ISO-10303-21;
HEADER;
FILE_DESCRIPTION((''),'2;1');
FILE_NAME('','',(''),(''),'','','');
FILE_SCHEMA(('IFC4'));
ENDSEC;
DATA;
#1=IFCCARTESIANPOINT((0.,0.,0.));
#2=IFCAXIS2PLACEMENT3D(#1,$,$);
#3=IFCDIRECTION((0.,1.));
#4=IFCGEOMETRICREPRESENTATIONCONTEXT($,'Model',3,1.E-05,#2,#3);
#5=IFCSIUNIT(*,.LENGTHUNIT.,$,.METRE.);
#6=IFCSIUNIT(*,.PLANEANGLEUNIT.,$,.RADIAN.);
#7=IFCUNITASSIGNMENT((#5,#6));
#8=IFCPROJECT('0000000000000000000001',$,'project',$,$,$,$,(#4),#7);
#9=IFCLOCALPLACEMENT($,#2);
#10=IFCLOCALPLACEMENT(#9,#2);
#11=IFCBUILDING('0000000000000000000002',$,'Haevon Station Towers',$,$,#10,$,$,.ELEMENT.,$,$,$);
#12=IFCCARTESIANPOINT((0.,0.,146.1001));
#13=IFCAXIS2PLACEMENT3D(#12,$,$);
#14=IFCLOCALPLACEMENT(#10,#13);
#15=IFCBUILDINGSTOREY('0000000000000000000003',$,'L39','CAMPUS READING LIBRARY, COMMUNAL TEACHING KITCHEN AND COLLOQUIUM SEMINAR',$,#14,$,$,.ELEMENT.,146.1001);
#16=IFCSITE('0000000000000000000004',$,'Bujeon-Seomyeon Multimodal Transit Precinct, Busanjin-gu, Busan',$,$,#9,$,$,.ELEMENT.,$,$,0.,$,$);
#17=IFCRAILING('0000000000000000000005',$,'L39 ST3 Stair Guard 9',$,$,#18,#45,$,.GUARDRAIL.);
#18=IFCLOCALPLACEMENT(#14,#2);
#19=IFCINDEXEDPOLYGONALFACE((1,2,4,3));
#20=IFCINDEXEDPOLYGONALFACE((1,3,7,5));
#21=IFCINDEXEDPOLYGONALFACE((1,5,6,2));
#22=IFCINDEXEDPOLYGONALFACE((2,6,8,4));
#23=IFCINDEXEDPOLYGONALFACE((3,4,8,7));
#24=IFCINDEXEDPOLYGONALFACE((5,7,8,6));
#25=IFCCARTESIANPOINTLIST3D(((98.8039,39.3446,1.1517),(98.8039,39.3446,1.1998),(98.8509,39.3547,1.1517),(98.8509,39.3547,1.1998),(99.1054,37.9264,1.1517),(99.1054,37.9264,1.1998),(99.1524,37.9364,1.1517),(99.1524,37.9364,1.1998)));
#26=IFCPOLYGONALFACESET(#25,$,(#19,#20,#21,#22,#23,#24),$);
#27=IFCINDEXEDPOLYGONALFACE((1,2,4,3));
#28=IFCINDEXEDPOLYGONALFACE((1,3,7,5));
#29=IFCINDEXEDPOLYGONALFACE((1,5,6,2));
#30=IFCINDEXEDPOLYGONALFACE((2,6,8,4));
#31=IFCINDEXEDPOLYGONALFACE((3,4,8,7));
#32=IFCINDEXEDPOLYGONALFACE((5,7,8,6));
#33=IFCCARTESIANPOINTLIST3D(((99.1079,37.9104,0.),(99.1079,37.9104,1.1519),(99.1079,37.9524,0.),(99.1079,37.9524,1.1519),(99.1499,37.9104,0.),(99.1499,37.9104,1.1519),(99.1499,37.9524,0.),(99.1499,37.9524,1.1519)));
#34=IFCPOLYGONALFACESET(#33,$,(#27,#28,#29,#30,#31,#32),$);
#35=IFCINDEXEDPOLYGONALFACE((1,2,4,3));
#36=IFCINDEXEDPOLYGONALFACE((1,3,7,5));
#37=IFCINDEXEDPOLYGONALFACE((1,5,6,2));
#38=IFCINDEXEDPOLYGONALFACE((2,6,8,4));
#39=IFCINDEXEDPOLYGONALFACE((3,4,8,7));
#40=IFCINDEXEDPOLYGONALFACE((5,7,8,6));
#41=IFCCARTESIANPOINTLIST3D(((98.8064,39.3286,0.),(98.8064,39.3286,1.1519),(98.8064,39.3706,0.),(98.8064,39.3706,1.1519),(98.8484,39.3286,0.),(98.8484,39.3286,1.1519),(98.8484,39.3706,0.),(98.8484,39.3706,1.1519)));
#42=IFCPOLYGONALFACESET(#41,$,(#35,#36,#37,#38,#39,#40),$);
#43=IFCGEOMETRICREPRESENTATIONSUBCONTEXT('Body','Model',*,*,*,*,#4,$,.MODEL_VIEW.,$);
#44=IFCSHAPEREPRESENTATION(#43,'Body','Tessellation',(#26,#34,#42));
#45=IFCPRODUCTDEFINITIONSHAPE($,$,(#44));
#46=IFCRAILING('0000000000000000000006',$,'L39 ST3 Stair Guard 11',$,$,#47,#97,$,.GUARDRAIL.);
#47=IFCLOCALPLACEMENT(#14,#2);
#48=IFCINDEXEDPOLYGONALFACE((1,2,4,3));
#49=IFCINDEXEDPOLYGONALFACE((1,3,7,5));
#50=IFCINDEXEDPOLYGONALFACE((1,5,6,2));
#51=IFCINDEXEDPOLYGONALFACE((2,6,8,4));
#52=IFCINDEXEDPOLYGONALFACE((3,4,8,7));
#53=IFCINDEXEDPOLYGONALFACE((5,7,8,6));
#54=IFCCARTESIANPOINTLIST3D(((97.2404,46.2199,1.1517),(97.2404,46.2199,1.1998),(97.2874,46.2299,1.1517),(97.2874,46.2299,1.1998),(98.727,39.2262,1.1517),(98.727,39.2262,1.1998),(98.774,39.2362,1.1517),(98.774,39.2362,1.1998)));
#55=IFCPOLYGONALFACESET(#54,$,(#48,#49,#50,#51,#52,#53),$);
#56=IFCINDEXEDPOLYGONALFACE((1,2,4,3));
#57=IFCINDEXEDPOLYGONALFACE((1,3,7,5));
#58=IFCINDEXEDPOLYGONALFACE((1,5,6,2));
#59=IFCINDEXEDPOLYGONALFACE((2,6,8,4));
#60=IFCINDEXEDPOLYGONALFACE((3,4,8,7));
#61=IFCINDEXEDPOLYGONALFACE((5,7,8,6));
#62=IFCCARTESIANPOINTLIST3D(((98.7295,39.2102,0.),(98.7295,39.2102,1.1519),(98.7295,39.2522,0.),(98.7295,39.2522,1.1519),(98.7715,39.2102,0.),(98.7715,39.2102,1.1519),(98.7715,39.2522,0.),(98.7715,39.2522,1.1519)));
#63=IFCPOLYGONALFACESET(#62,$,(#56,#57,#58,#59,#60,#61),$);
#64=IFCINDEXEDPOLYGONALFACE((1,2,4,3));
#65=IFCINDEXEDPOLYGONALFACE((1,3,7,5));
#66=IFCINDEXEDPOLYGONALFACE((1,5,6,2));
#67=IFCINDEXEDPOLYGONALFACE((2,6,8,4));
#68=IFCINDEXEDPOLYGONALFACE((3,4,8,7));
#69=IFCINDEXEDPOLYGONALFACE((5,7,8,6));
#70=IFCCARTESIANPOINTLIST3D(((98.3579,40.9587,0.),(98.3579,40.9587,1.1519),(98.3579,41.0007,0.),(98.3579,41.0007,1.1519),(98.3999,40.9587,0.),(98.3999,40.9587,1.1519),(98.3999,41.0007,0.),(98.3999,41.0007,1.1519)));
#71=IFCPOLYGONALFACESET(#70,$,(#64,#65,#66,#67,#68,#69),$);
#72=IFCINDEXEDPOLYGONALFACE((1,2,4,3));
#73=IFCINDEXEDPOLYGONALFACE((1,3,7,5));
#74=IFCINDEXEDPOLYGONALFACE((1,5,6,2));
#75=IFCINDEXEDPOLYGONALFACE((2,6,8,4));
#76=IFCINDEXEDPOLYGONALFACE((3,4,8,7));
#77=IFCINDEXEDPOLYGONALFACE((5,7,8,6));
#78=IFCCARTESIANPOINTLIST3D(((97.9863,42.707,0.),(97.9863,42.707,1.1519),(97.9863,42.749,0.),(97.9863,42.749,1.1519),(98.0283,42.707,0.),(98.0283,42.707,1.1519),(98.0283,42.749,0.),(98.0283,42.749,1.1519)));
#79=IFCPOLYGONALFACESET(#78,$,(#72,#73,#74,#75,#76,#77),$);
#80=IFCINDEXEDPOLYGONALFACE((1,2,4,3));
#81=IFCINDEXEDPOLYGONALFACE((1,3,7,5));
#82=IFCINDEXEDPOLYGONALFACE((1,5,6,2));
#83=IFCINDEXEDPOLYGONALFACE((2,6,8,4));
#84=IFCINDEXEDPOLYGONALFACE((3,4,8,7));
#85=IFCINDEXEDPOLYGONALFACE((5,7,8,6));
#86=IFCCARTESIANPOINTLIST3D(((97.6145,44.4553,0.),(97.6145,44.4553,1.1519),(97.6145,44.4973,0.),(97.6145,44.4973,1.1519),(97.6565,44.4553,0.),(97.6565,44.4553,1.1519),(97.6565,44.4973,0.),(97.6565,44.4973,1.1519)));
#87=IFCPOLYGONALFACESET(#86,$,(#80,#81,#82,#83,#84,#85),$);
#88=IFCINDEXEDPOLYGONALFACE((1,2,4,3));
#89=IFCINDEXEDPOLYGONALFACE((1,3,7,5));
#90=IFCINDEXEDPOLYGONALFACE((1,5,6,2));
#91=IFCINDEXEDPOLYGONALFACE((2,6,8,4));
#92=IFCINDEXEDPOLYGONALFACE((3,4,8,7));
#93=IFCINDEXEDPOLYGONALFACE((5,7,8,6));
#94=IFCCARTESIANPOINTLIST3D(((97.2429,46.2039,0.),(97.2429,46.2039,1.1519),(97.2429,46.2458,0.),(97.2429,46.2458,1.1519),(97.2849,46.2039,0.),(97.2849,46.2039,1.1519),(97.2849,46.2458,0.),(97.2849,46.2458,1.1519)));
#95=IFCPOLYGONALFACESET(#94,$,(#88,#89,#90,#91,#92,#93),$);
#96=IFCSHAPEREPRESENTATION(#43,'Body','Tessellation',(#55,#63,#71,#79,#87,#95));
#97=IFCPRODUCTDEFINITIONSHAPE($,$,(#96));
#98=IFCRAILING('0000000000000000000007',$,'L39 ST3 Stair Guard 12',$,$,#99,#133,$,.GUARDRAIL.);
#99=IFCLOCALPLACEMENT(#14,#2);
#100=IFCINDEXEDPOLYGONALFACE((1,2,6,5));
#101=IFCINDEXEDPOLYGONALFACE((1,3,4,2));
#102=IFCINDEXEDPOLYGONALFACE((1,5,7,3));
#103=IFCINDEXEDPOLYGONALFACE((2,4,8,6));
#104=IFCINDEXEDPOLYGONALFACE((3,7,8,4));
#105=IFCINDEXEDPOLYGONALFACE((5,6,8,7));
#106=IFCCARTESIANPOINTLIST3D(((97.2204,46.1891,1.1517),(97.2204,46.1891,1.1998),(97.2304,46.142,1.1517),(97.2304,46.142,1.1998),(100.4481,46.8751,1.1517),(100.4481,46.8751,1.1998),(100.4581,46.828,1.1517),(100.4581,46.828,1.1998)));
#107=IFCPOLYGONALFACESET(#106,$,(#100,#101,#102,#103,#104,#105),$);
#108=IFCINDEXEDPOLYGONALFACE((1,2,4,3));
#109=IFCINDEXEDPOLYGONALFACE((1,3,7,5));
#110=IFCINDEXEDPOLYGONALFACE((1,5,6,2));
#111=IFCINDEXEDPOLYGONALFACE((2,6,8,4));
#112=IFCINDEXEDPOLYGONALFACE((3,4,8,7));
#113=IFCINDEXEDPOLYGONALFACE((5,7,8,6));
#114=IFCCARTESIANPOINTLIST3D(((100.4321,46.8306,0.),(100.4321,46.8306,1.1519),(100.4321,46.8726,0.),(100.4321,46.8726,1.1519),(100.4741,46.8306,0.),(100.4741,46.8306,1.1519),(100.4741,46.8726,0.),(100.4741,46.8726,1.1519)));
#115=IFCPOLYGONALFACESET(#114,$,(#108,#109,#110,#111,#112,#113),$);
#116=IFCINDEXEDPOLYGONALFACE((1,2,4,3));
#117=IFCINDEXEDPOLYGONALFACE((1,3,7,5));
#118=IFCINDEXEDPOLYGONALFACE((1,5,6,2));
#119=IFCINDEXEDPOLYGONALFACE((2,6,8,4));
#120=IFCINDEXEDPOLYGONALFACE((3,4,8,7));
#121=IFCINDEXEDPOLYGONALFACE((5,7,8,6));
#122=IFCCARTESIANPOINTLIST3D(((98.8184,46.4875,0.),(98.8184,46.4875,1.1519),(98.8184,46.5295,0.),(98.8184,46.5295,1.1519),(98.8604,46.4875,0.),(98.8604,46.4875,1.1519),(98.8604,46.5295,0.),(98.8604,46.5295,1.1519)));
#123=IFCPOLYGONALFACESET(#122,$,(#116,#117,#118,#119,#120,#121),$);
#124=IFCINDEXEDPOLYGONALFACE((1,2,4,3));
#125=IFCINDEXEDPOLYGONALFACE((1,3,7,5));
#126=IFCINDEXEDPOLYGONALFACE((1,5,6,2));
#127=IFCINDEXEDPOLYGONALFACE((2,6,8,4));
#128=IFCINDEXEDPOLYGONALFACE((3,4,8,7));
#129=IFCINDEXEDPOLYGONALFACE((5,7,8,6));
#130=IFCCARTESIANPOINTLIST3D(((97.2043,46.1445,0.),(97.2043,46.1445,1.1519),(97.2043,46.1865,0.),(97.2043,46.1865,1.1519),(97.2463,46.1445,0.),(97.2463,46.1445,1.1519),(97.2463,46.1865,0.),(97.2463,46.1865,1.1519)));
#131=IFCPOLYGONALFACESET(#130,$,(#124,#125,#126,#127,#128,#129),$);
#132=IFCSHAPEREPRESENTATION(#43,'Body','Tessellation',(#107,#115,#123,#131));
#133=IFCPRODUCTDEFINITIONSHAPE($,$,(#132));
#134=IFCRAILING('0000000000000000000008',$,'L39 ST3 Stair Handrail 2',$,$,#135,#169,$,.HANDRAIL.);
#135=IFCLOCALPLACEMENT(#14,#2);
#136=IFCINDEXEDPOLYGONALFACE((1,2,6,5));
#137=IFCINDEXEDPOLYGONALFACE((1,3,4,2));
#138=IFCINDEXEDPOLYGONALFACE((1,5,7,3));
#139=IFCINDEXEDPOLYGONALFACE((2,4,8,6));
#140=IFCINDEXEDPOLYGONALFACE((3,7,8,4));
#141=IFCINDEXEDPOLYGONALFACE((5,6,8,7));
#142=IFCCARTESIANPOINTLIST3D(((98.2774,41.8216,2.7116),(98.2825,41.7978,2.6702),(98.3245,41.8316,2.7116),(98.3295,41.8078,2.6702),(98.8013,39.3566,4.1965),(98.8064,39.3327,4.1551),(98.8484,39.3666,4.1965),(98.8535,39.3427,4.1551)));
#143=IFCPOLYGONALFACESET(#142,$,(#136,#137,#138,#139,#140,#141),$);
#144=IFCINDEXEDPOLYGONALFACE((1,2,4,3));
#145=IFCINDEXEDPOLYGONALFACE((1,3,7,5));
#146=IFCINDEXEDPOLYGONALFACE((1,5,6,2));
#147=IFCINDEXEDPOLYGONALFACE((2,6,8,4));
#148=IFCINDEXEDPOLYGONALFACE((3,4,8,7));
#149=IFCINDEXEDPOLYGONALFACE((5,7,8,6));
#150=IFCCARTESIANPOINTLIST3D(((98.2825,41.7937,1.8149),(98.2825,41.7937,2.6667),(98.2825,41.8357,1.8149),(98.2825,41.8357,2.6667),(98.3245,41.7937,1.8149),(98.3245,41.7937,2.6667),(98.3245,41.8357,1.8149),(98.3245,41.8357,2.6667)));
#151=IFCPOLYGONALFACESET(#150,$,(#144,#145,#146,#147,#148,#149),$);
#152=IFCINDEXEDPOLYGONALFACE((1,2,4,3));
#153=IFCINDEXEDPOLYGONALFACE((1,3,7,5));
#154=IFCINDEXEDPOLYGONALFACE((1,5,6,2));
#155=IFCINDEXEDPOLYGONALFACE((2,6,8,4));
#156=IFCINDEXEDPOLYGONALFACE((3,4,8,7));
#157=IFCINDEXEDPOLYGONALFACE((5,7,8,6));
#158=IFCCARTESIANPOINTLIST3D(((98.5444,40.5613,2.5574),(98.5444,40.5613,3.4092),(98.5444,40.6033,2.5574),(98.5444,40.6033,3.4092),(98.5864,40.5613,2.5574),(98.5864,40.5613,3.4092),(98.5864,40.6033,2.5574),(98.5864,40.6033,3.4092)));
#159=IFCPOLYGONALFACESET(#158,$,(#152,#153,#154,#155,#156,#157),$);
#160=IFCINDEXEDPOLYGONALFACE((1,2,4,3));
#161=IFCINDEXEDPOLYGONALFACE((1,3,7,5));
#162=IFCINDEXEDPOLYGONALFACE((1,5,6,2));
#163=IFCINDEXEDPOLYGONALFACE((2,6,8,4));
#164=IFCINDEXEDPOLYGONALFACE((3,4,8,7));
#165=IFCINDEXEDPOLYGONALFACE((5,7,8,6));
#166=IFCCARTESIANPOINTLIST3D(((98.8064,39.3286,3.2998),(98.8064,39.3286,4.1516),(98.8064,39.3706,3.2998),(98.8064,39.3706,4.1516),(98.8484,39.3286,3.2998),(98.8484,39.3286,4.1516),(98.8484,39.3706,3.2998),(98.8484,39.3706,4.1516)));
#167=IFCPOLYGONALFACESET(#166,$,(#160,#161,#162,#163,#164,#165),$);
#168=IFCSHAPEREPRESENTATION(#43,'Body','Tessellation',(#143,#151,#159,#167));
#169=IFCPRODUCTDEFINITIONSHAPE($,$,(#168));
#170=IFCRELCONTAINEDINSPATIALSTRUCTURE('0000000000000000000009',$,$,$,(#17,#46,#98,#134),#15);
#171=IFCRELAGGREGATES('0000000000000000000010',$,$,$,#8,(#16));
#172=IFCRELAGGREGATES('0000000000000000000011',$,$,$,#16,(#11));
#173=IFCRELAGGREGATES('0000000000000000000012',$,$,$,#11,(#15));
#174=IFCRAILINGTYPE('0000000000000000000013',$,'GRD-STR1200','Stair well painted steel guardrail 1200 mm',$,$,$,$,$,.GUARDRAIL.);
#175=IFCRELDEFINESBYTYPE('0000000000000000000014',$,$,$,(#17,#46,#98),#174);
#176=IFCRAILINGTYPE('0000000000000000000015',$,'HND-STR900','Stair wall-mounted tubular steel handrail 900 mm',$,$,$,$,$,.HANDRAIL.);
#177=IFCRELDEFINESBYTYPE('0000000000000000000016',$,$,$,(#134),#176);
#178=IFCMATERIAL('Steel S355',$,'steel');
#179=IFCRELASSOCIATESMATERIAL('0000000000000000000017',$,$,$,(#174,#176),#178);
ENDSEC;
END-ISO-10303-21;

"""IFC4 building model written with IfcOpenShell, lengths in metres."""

from ifc_helpers import new_model, si_unit, direction, frame, origin, origin_2d, place, context, subcontext, project, spatial, rectangle, extrude, material, type_object, element, save


model = new_model("IFC4")

# Units and contexts
model_context = context("Model", 3, precision=1e-05, world=origin(), true_north=direction((0.0, 1.0)))
body_context = subcontext(model_context, "Body", "Model", "MODEL_VIEW")
ifc_project = project(units=[si_unit("LENGTHUNIT", "METRE"), si_unit("PLANEANGLEUNIT", "RADIAN")], contexts=[model_context])

# Site, building, storey
site_placement = place(None, origin())
site = spatial("IfcSite", under=ifc_project, at=site_placement, Name="Bujeon-Seomyeon Multimodal Transit Precinct, Busanjin-gu, Busan", CompositionType="ELEMENT", RefElevation=0.0)
building_placement = place(site_placement, origin())
building = spatial("IfcBuilding", under=site, at=building_placement, Name="Haevon Station Towers", CompositionType="ELEMENT")
storey_placement = place(building_placement, frame((0.0, 0.0, 146.1001)))
storey = spatial("IfcBuildingStorey", under=building, at=storey_placement, Name="L39", Description="CAMPUS READING LIBRARY, COMMUNAL TEACHING KITCHEN AND COLLOQUIUM SEMINAR", CompositionType="ELEMENT", Elevation=146.1001)

# Shared definitions
ifc_material_1 = material(Name="Steel S355", Category="steel")

# Railings
railing_type_1 = type_object("IfcRailingType", Name="GRD-STR1200", Description="Stair well painted steel guardrail 1200 mm", PredefinedType="GUARDRAIL", material=ifc_material_1)
railing_1_placement = place(storey_placement, frame((99.1289, 37.9314, 0.0)))
element("IfcRailing", 1, at=railing_1_placement, inside=storey, type_object=railing_type_1, Name="L39 ST3 Stair Guard 9", PredefinedType="GUARDRAIL", context=body_context, shape_type="SweptSolid", body=[
    extrude(rectangle(XDim=0.0481, YDim=0.0481, at=origin_2d()), frame((0.0, 0.0, 1.1758), z_axis=(-0.207953, 0.978139, 0.0), x_axis=(-0.978139, -0.207953, 0.0)), (0.0, 0.0, 1.0), 1.45),
    extrude(rectangle(XDim=0.042, YDim=0.042, at=origin_2d()), origin(), (0.0, 0.0, 1.0), 1.1519),
    extrude(rectangle(XDim=0.042, YDim=0.042, at=origin_2d()), frame((-0.3015, 1.4182, 0.0)), (0.0, 0.0, 1.0), 1.1519),
])
railing_2_placement = place(storey_placement, frame((98.7505, 39.2312, 0.0)))
element("IfcRailing", 2, at=railing_2_placement, inside=storey, type_object=railing_type_1, Name="L39 ST3 Stair Guard 11", PredefinedType="GUARDRAIL", context=body_context, shape_type="SweptSolid", body=[
    extrude(rectangle(XDim=0.0481, YDim=0.0481, at=origin_2d()), frame((0.0, 0.0, 1.1758), z_axis=(-0.207915, 0.978147, 0.0), x_axis=(-0.978147, -0.207915, 0.0)), (0.0, 0.0, 1.0), 7.1499),
    extrude(rectangle(XDim=0.042, YDim=0.042, at=origin_2d()), origin(), (0.0, 0.0, 1.0), 1.1519),
    extrude(rectangle(XDim=0.042, YDim=0.042, at=origin_2d()), frame((-0.3716, 1.7485, 0.0)), (0.0, 0.0, 1.0), 1.1519),
    extrude(rectangle(XDim=0.042, YDim=0.042, at=origin_2d()), frame((-0.7432, 3.4968, 0.0)), (0.0, 0.0, 1.0), 1.1519),
    extrude(rectangle(XDim=0.042, YDim=0.042, at=origin_2d()), frame((-1.115, 5.2451, 0.0)), (0.0, 0.0, 1.0), 1.1519),
    extrude(rectangle(XDim=0.042, YDim=0.042, at=origin_2d()), frame((-1.4866, 6.9937, 0.0)), (0.0, 0.0, 1.0), 1.1519),
])
railing_3_placement = place(storey_placement, frame((100.4531, 46.8516, 0.0)))
element("IfcRailing", 3, at=railing_3_placement, inside=storey, type_object=railing_type_1, Name="L39 ST3 Stair Guard 12", PredefinedType="GUARDRAIL", context=body_context, shape_type="SweptSolid", body=[
    extrude(rectangle(XDim=0.0481, YDim=0.0481, at=origin_2d()), frame((0.0, 0.0, 1.1758), z_axis=(-0.978151, -0.207897, 0.0), x_axis=(0.207897, -0.978151, 0.0)), (0.0, 0.0, 1.0), 3.2998),
    extrude(rectangle(XDim=0.042, YDim=0.042, at=origin_2d()), origin(), (0.0, 0.0, 1.0), 1.1519),
    extrude(rectangle(XDim=0.042, YDim=0.042, at=origin_2d()), frame((-1.6138, -0.343, 0.0)), (0.0, 0.0, 1.0), 1.1519),
    extrude(rectangle(XDim=0.042, YDim=0.042, at=origin_2d()), frame((-3.2278, -0.686, 0.0)), (0.0, 0.0, 1.0), 1.1519),
])
railing_type_2 = type_object("IfcRailingType", Name="HND-STR900", Description="Stair wall-mounted tubular steel handrail 900 mm", PredefinedType="HANDRAIL", material=ifc_material_1)
railing_4_placement = place(storey_placement, frame((98.3035, 41.8147, 1.8149)))
element("IfcRailing", 4, at=railing_4_placement, inside=storey, type_object=railing_type_2, Name="L39 ST3 Stair Handrail 2", PredefinedType="HANDRAIL", context=body_context, shape_type="SweptSolid", body=[
    extrude(rectangle(XDim=0.0481, YDim=0.0481, at=origin_2d()), frame((0.0, 0.0, 0.876), z_axis=(0.179116, -0.842748, 0.507635), x_axis=(0.978151, 0.207895, 0.0)), (0.0, 0.0, 1.0), 2.925),
    extrude(rectangle(XDim=0.042, YDim=0.042, at=origin_2d()), origin(), (0.0, 0.0, 1.0), 0.8518),
    extrude(rectangle(XDim=0.042, YDim=0.042, at=origin_2d()), frame((0.262, -1.2324, 0.7424)), (0.0, 0.0, 1.0), 0.8518),
    extrude(rectangle(XDim=0.042, YDim=0.042, at=origin_2d()), frame((0.5239, -2.4651, 1.4849)), (0.0, 0.0, 1.0), 0.8518),
])

save(model, "model.ifc")
